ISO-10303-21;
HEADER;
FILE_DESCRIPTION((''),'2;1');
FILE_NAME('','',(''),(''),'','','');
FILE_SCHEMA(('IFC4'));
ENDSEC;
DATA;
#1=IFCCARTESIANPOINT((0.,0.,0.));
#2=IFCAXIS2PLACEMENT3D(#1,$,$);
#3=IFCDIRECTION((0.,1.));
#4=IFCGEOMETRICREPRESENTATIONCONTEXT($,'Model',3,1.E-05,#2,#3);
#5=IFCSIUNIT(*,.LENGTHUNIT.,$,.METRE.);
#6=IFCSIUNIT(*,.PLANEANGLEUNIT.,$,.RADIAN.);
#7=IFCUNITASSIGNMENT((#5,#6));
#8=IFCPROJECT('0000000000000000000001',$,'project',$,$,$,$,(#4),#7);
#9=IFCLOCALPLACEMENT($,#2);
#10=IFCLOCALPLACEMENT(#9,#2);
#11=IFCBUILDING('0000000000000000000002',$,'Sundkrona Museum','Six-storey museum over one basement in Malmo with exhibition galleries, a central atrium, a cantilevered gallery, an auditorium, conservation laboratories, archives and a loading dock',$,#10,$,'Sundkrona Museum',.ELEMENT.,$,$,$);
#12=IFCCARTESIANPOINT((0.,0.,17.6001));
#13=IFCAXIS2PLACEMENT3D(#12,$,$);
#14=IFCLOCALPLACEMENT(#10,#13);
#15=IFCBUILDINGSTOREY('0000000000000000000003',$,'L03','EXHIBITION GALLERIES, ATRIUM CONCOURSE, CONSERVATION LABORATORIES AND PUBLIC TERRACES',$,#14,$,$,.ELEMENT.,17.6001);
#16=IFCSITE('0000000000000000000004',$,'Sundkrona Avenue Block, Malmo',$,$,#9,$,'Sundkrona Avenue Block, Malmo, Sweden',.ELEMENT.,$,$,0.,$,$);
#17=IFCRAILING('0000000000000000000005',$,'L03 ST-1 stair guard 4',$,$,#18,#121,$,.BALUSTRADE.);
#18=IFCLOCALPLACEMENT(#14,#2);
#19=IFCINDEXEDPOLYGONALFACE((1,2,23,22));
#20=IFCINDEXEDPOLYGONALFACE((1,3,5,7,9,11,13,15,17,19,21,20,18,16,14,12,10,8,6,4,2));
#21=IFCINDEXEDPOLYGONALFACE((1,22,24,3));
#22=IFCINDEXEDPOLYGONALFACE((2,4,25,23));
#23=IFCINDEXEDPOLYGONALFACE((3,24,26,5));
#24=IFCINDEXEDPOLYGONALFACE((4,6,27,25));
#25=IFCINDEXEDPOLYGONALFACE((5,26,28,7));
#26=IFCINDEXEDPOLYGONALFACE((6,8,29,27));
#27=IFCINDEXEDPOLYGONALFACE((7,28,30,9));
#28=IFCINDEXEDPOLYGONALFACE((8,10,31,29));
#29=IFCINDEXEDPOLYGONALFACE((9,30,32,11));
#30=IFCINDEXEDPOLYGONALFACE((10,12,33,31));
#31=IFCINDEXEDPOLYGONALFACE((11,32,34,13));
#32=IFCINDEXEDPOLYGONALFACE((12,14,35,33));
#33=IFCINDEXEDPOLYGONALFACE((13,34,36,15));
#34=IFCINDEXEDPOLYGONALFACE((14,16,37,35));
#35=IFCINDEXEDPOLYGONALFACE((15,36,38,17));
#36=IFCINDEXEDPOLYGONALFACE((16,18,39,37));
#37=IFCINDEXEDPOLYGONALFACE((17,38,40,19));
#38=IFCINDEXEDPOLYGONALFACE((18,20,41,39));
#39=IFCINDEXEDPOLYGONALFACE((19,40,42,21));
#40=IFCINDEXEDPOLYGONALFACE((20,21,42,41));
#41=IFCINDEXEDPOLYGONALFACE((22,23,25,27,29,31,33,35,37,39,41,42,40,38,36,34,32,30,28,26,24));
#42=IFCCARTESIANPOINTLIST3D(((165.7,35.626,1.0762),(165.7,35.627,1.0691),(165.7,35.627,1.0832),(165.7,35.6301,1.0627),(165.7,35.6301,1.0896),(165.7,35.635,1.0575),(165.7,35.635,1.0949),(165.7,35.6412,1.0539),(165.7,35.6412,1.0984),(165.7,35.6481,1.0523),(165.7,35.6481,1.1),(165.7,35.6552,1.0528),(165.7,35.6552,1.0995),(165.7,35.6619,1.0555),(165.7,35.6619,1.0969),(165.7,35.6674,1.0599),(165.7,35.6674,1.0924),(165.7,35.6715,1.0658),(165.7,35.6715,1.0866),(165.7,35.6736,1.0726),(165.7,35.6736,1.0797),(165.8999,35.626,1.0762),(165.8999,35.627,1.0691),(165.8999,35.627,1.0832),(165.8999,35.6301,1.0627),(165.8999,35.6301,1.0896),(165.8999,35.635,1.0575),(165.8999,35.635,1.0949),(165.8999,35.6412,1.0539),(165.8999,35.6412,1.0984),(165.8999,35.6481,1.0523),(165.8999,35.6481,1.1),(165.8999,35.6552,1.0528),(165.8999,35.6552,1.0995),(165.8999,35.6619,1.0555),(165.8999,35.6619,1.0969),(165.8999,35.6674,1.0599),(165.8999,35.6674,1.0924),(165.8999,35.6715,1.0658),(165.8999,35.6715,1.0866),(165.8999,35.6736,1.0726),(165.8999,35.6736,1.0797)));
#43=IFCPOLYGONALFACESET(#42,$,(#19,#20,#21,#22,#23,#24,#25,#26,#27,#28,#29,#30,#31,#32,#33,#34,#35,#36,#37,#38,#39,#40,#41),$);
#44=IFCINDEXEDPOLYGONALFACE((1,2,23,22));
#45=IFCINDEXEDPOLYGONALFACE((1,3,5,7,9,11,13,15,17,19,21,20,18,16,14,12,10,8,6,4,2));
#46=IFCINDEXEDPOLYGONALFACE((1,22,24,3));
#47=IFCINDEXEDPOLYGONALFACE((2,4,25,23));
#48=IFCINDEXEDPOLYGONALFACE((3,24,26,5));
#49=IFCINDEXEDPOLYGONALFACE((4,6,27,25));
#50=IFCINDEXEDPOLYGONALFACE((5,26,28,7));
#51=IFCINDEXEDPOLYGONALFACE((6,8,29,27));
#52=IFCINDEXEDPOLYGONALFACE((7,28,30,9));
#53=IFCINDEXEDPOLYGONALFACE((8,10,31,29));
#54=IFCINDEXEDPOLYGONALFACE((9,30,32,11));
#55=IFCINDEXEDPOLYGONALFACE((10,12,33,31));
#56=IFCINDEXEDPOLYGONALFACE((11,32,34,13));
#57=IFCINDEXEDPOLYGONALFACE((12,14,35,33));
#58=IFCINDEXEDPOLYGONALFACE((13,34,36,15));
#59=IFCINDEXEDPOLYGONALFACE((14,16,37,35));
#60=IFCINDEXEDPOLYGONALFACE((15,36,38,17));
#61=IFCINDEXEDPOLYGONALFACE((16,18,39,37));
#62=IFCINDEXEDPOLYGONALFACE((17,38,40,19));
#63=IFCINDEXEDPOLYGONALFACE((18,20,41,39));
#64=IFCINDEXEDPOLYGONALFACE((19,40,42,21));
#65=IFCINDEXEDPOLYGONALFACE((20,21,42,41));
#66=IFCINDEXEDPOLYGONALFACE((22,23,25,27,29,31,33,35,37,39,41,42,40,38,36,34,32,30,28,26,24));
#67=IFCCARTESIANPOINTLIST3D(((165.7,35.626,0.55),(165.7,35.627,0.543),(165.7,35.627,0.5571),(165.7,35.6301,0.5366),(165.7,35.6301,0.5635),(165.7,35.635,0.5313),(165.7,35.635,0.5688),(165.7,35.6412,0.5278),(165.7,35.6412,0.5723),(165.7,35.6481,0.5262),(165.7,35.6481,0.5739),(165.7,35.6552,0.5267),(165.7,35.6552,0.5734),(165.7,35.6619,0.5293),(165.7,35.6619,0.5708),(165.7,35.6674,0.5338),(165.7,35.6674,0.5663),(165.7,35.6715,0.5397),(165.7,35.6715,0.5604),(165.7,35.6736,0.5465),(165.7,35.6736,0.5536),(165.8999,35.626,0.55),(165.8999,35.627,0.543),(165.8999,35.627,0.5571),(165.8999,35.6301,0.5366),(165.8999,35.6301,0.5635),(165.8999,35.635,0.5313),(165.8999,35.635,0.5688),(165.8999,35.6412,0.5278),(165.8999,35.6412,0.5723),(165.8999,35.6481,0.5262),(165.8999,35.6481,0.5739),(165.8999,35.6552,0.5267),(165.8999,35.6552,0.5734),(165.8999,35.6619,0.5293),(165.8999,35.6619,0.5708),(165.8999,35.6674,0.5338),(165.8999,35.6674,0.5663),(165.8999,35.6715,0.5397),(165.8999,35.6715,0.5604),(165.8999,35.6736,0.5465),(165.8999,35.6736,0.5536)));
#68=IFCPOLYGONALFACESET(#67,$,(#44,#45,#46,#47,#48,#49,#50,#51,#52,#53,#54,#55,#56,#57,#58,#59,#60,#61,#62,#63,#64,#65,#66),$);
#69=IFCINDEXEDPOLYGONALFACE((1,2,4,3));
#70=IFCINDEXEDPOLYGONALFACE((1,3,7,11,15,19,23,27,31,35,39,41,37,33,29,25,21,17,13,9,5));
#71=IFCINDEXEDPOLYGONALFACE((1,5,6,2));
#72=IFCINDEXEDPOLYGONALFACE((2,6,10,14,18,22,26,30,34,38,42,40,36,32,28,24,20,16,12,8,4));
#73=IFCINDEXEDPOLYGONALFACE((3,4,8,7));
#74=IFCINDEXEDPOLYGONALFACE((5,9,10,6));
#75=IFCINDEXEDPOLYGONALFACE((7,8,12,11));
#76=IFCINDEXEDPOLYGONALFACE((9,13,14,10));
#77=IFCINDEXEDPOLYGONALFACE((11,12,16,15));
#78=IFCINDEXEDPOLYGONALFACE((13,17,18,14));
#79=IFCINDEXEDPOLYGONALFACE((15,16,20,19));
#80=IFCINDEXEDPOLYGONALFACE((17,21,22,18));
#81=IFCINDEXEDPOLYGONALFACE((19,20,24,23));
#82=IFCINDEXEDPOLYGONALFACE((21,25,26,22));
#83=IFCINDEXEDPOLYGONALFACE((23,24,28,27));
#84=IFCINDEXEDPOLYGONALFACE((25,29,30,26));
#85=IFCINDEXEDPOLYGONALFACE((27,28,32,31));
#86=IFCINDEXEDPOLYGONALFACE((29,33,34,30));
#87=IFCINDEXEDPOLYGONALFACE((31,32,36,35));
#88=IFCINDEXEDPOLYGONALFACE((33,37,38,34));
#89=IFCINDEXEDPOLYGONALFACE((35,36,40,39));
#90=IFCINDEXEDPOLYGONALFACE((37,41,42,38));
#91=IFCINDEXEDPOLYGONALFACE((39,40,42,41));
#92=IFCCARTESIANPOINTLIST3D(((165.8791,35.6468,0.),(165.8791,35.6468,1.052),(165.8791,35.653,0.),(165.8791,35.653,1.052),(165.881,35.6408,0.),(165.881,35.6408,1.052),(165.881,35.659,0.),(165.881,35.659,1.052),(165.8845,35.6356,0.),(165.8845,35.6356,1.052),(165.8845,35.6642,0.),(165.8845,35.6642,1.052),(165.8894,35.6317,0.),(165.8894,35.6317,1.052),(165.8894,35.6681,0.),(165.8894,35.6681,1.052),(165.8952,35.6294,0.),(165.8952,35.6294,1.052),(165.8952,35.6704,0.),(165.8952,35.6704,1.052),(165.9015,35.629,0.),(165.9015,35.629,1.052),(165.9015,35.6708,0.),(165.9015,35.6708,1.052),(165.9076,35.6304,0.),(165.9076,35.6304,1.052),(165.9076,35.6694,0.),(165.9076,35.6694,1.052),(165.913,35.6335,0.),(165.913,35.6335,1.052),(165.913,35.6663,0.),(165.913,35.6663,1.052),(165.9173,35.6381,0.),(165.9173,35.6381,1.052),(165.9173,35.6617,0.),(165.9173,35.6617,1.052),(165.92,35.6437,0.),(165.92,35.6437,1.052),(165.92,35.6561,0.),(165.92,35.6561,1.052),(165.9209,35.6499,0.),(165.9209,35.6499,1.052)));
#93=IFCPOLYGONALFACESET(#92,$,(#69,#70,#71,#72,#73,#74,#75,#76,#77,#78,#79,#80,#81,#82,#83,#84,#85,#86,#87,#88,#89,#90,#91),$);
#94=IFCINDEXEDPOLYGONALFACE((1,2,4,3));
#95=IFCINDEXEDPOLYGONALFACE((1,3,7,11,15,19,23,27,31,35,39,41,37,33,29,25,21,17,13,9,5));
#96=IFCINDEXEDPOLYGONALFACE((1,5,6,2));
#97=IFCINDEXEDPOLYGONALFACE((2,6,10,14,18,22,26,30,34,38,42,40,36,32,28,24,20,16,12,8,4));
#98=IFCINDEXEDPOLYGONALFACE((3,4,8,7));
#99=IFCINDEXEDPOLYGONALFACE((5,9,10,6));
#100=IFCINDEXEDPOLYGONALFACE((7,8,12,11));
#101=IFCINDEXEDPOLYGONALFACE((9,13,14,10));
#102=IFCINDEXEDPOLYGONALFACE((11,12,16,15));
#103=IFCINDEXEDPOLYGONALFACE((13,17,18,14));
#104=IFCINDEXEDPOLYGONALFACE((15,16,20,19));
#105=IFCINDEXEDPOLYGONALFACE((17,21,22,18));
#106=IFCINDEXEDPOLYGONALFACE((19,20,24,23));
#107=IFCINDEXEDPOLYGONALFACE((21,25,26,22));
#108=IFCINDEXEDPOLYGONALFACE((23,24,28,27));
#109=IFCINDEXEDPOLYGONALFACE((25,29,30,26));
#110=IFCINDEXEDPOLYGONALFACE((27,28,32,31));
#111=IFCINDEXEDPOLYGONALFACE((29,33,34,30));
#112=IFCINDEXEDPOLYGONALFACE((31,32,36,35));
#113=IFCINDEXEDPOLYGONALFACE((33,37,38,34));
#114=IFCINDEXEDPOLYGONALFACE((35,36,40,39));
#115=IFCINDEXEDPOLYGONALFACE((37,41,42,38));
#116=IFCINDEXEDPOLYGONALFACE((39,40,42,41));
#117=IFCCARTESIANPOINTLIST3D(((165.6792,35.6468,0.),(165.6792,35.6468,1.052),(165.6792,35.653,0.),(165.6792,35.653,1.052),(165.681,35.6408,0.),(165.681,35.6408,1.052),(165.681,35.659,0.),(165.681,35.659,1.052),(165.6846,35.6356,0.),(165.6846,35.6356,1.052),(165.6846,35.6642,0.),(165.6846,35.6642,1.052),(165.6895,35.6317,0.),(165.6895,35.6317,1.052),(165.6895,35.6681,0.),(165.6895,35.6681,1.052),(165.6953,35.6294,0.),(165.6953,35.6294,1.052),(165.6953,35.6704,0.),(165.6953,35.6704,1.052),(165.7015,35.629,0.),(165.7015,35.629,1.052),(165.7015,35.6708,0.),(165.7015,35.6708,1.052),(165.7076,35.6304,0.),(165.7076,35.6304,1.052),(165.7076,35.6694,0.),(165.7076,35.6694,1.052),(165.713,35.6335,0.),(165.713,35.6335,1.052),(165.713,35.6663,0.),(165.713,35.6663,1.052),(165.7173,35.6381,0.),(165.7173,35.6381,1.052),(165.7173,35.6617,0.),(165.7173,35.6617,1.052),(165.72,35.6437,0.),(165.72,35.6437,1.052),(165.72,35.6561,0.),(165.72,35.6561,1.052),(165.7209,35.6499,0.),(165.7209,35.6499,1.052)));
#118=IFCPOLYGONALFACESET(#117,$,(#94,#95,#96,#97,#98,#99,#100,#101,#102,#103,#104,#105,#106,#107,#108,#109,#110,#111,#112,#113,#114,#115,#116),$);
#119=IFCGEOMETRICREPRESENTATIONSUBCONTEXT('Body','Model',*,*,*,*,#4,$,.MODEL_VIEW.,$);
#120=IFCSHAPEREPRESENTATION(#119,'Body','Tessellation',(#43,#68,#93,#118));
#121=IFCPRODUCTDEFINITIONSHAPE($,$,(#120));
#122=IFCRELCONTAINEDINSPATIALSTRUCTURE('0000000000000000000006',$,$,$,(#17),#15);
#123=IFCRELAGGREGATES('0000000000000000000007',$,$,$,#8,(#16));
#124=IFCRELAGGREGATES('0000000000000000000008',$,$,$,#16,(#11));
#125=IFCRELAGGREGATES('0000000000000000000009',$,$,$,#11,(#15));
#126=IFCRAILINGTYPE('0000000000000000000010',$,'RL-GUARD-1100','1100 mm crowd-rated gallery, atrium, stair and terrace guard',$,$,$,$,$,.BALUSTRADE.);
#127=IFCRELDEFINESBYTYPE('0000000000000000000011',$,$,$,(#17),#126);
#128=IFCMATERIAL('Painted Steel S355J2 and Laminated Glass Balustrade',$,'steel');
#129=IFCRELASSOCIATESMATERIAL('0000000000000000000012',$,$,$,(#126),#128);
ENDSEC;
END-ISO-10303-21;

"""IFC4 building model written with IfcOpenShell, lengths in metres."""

from ifc_helpers import new_model, si_unit, direction, frame, origin, origin_2d, place, context, subcontext, project, spatial, circle, extrude, material, type_object, element, save


model = new_model("IFC4")

# Units and contexts
model_context = context("Model", 3, precision=1e-05, world=origin(), true_north=direction((0.0, 1.0)))
body_context = subcontext(model_context, "Body", "Model", "MODEL_VIEW")
ifc_project = project(units=[si_unit("LENGTHUNIT", "METRE"), si_unit("PLANEANGLEUNIT", "RADIAN")], contexts=[model_context])

# Site, building, storey
site_placement = place(None, origin())
site = spatial("IfcSite", under=ifc_project, at=site_placement, Name="Sundkrona Avenue Block, Malmo", LongName="Sundkrona Avenue Block, Malmo, Sweden", CompositionType="ELEMENT", RefElevation=0.0)
building_placement = place(site_placement, origin())
building = spatial("IfcBuilding", under=site, at=building_placement, Name="Sundkrona Museum", Description="Six-storey museum over one basement in Malmo with exhibition galleries, a central atrium, a cantilevered gallery, an auditorium, conservation laboratories, archives and a loading dock", LongName="Sundkrona Museum", CompositionType="ELEMENT")
storey_placement = place(building_placement, frame((0.0, 0.0, 17.6001)))
storey = spatial("IfcBuildingStorey", under=building, at=storey_placement, Name="L03", Description="EXHIBITION GALLERIES, ATRIUM CONCOURSE, CONSERVATION LABORATORIES AND PUBLIC TERRACES", CompositionType="ELEMENT", Elevation=17.6001)

# Railing
ifc_material_1 = material(Name="Painted Steel S355J2 and Laminated Glass Balustrade", Category="steel")
railing_type_1 = type_object("IfcRailingType", Name="RL-GUARD-1100", Description="1100 mm crowd-rated gallery, atrium, stair and terrace guard", PredefinedType="BALUSTRADE", material=ifc_material_1)
railing_1_placement = place(storey_placement, frame((165.8999, 35.6499, 0.0)))
element("IfcRailing", 1, at=railing_1_placement, inside=storey, type_object=railing_type_1, Name="L03 ST-1 stair guard 4", PredefinedType="BALUSTRADE", context=body_context, shape_type="SweptSolid", body=[
    extrude(circle(Radius=0.0239, at=origin_2d()), frame((0.0, 0.0, 1.0762), z_axis=(-1.0, 0.0, 0.0), x_axis=(0.0, -1.0, 0.0)), (0.0, 0.0, 1.0), 0.2),
    extrude(circle(Radius=0.0239, at=origin_2d()), frame((0.0, 0.0, 0.55), z_axis=(-1.0, 0.0, 0.0), x_axis=(0.0, -1.0, 0.0)), (0.0, 0.0, 1.0), 0.2),
    extrude(circle(Radius=0.021, at=origin_2d()), origin(), (0.0, 0.0, 1.0), 1.052),
    extrude(circle(Radius=0.021, at=origin_2d()), frame((-0.2, 0.0, 0.0)), (0.0, 0.0, 1.0), 1.052),
])

save(model, "model.ifc")
